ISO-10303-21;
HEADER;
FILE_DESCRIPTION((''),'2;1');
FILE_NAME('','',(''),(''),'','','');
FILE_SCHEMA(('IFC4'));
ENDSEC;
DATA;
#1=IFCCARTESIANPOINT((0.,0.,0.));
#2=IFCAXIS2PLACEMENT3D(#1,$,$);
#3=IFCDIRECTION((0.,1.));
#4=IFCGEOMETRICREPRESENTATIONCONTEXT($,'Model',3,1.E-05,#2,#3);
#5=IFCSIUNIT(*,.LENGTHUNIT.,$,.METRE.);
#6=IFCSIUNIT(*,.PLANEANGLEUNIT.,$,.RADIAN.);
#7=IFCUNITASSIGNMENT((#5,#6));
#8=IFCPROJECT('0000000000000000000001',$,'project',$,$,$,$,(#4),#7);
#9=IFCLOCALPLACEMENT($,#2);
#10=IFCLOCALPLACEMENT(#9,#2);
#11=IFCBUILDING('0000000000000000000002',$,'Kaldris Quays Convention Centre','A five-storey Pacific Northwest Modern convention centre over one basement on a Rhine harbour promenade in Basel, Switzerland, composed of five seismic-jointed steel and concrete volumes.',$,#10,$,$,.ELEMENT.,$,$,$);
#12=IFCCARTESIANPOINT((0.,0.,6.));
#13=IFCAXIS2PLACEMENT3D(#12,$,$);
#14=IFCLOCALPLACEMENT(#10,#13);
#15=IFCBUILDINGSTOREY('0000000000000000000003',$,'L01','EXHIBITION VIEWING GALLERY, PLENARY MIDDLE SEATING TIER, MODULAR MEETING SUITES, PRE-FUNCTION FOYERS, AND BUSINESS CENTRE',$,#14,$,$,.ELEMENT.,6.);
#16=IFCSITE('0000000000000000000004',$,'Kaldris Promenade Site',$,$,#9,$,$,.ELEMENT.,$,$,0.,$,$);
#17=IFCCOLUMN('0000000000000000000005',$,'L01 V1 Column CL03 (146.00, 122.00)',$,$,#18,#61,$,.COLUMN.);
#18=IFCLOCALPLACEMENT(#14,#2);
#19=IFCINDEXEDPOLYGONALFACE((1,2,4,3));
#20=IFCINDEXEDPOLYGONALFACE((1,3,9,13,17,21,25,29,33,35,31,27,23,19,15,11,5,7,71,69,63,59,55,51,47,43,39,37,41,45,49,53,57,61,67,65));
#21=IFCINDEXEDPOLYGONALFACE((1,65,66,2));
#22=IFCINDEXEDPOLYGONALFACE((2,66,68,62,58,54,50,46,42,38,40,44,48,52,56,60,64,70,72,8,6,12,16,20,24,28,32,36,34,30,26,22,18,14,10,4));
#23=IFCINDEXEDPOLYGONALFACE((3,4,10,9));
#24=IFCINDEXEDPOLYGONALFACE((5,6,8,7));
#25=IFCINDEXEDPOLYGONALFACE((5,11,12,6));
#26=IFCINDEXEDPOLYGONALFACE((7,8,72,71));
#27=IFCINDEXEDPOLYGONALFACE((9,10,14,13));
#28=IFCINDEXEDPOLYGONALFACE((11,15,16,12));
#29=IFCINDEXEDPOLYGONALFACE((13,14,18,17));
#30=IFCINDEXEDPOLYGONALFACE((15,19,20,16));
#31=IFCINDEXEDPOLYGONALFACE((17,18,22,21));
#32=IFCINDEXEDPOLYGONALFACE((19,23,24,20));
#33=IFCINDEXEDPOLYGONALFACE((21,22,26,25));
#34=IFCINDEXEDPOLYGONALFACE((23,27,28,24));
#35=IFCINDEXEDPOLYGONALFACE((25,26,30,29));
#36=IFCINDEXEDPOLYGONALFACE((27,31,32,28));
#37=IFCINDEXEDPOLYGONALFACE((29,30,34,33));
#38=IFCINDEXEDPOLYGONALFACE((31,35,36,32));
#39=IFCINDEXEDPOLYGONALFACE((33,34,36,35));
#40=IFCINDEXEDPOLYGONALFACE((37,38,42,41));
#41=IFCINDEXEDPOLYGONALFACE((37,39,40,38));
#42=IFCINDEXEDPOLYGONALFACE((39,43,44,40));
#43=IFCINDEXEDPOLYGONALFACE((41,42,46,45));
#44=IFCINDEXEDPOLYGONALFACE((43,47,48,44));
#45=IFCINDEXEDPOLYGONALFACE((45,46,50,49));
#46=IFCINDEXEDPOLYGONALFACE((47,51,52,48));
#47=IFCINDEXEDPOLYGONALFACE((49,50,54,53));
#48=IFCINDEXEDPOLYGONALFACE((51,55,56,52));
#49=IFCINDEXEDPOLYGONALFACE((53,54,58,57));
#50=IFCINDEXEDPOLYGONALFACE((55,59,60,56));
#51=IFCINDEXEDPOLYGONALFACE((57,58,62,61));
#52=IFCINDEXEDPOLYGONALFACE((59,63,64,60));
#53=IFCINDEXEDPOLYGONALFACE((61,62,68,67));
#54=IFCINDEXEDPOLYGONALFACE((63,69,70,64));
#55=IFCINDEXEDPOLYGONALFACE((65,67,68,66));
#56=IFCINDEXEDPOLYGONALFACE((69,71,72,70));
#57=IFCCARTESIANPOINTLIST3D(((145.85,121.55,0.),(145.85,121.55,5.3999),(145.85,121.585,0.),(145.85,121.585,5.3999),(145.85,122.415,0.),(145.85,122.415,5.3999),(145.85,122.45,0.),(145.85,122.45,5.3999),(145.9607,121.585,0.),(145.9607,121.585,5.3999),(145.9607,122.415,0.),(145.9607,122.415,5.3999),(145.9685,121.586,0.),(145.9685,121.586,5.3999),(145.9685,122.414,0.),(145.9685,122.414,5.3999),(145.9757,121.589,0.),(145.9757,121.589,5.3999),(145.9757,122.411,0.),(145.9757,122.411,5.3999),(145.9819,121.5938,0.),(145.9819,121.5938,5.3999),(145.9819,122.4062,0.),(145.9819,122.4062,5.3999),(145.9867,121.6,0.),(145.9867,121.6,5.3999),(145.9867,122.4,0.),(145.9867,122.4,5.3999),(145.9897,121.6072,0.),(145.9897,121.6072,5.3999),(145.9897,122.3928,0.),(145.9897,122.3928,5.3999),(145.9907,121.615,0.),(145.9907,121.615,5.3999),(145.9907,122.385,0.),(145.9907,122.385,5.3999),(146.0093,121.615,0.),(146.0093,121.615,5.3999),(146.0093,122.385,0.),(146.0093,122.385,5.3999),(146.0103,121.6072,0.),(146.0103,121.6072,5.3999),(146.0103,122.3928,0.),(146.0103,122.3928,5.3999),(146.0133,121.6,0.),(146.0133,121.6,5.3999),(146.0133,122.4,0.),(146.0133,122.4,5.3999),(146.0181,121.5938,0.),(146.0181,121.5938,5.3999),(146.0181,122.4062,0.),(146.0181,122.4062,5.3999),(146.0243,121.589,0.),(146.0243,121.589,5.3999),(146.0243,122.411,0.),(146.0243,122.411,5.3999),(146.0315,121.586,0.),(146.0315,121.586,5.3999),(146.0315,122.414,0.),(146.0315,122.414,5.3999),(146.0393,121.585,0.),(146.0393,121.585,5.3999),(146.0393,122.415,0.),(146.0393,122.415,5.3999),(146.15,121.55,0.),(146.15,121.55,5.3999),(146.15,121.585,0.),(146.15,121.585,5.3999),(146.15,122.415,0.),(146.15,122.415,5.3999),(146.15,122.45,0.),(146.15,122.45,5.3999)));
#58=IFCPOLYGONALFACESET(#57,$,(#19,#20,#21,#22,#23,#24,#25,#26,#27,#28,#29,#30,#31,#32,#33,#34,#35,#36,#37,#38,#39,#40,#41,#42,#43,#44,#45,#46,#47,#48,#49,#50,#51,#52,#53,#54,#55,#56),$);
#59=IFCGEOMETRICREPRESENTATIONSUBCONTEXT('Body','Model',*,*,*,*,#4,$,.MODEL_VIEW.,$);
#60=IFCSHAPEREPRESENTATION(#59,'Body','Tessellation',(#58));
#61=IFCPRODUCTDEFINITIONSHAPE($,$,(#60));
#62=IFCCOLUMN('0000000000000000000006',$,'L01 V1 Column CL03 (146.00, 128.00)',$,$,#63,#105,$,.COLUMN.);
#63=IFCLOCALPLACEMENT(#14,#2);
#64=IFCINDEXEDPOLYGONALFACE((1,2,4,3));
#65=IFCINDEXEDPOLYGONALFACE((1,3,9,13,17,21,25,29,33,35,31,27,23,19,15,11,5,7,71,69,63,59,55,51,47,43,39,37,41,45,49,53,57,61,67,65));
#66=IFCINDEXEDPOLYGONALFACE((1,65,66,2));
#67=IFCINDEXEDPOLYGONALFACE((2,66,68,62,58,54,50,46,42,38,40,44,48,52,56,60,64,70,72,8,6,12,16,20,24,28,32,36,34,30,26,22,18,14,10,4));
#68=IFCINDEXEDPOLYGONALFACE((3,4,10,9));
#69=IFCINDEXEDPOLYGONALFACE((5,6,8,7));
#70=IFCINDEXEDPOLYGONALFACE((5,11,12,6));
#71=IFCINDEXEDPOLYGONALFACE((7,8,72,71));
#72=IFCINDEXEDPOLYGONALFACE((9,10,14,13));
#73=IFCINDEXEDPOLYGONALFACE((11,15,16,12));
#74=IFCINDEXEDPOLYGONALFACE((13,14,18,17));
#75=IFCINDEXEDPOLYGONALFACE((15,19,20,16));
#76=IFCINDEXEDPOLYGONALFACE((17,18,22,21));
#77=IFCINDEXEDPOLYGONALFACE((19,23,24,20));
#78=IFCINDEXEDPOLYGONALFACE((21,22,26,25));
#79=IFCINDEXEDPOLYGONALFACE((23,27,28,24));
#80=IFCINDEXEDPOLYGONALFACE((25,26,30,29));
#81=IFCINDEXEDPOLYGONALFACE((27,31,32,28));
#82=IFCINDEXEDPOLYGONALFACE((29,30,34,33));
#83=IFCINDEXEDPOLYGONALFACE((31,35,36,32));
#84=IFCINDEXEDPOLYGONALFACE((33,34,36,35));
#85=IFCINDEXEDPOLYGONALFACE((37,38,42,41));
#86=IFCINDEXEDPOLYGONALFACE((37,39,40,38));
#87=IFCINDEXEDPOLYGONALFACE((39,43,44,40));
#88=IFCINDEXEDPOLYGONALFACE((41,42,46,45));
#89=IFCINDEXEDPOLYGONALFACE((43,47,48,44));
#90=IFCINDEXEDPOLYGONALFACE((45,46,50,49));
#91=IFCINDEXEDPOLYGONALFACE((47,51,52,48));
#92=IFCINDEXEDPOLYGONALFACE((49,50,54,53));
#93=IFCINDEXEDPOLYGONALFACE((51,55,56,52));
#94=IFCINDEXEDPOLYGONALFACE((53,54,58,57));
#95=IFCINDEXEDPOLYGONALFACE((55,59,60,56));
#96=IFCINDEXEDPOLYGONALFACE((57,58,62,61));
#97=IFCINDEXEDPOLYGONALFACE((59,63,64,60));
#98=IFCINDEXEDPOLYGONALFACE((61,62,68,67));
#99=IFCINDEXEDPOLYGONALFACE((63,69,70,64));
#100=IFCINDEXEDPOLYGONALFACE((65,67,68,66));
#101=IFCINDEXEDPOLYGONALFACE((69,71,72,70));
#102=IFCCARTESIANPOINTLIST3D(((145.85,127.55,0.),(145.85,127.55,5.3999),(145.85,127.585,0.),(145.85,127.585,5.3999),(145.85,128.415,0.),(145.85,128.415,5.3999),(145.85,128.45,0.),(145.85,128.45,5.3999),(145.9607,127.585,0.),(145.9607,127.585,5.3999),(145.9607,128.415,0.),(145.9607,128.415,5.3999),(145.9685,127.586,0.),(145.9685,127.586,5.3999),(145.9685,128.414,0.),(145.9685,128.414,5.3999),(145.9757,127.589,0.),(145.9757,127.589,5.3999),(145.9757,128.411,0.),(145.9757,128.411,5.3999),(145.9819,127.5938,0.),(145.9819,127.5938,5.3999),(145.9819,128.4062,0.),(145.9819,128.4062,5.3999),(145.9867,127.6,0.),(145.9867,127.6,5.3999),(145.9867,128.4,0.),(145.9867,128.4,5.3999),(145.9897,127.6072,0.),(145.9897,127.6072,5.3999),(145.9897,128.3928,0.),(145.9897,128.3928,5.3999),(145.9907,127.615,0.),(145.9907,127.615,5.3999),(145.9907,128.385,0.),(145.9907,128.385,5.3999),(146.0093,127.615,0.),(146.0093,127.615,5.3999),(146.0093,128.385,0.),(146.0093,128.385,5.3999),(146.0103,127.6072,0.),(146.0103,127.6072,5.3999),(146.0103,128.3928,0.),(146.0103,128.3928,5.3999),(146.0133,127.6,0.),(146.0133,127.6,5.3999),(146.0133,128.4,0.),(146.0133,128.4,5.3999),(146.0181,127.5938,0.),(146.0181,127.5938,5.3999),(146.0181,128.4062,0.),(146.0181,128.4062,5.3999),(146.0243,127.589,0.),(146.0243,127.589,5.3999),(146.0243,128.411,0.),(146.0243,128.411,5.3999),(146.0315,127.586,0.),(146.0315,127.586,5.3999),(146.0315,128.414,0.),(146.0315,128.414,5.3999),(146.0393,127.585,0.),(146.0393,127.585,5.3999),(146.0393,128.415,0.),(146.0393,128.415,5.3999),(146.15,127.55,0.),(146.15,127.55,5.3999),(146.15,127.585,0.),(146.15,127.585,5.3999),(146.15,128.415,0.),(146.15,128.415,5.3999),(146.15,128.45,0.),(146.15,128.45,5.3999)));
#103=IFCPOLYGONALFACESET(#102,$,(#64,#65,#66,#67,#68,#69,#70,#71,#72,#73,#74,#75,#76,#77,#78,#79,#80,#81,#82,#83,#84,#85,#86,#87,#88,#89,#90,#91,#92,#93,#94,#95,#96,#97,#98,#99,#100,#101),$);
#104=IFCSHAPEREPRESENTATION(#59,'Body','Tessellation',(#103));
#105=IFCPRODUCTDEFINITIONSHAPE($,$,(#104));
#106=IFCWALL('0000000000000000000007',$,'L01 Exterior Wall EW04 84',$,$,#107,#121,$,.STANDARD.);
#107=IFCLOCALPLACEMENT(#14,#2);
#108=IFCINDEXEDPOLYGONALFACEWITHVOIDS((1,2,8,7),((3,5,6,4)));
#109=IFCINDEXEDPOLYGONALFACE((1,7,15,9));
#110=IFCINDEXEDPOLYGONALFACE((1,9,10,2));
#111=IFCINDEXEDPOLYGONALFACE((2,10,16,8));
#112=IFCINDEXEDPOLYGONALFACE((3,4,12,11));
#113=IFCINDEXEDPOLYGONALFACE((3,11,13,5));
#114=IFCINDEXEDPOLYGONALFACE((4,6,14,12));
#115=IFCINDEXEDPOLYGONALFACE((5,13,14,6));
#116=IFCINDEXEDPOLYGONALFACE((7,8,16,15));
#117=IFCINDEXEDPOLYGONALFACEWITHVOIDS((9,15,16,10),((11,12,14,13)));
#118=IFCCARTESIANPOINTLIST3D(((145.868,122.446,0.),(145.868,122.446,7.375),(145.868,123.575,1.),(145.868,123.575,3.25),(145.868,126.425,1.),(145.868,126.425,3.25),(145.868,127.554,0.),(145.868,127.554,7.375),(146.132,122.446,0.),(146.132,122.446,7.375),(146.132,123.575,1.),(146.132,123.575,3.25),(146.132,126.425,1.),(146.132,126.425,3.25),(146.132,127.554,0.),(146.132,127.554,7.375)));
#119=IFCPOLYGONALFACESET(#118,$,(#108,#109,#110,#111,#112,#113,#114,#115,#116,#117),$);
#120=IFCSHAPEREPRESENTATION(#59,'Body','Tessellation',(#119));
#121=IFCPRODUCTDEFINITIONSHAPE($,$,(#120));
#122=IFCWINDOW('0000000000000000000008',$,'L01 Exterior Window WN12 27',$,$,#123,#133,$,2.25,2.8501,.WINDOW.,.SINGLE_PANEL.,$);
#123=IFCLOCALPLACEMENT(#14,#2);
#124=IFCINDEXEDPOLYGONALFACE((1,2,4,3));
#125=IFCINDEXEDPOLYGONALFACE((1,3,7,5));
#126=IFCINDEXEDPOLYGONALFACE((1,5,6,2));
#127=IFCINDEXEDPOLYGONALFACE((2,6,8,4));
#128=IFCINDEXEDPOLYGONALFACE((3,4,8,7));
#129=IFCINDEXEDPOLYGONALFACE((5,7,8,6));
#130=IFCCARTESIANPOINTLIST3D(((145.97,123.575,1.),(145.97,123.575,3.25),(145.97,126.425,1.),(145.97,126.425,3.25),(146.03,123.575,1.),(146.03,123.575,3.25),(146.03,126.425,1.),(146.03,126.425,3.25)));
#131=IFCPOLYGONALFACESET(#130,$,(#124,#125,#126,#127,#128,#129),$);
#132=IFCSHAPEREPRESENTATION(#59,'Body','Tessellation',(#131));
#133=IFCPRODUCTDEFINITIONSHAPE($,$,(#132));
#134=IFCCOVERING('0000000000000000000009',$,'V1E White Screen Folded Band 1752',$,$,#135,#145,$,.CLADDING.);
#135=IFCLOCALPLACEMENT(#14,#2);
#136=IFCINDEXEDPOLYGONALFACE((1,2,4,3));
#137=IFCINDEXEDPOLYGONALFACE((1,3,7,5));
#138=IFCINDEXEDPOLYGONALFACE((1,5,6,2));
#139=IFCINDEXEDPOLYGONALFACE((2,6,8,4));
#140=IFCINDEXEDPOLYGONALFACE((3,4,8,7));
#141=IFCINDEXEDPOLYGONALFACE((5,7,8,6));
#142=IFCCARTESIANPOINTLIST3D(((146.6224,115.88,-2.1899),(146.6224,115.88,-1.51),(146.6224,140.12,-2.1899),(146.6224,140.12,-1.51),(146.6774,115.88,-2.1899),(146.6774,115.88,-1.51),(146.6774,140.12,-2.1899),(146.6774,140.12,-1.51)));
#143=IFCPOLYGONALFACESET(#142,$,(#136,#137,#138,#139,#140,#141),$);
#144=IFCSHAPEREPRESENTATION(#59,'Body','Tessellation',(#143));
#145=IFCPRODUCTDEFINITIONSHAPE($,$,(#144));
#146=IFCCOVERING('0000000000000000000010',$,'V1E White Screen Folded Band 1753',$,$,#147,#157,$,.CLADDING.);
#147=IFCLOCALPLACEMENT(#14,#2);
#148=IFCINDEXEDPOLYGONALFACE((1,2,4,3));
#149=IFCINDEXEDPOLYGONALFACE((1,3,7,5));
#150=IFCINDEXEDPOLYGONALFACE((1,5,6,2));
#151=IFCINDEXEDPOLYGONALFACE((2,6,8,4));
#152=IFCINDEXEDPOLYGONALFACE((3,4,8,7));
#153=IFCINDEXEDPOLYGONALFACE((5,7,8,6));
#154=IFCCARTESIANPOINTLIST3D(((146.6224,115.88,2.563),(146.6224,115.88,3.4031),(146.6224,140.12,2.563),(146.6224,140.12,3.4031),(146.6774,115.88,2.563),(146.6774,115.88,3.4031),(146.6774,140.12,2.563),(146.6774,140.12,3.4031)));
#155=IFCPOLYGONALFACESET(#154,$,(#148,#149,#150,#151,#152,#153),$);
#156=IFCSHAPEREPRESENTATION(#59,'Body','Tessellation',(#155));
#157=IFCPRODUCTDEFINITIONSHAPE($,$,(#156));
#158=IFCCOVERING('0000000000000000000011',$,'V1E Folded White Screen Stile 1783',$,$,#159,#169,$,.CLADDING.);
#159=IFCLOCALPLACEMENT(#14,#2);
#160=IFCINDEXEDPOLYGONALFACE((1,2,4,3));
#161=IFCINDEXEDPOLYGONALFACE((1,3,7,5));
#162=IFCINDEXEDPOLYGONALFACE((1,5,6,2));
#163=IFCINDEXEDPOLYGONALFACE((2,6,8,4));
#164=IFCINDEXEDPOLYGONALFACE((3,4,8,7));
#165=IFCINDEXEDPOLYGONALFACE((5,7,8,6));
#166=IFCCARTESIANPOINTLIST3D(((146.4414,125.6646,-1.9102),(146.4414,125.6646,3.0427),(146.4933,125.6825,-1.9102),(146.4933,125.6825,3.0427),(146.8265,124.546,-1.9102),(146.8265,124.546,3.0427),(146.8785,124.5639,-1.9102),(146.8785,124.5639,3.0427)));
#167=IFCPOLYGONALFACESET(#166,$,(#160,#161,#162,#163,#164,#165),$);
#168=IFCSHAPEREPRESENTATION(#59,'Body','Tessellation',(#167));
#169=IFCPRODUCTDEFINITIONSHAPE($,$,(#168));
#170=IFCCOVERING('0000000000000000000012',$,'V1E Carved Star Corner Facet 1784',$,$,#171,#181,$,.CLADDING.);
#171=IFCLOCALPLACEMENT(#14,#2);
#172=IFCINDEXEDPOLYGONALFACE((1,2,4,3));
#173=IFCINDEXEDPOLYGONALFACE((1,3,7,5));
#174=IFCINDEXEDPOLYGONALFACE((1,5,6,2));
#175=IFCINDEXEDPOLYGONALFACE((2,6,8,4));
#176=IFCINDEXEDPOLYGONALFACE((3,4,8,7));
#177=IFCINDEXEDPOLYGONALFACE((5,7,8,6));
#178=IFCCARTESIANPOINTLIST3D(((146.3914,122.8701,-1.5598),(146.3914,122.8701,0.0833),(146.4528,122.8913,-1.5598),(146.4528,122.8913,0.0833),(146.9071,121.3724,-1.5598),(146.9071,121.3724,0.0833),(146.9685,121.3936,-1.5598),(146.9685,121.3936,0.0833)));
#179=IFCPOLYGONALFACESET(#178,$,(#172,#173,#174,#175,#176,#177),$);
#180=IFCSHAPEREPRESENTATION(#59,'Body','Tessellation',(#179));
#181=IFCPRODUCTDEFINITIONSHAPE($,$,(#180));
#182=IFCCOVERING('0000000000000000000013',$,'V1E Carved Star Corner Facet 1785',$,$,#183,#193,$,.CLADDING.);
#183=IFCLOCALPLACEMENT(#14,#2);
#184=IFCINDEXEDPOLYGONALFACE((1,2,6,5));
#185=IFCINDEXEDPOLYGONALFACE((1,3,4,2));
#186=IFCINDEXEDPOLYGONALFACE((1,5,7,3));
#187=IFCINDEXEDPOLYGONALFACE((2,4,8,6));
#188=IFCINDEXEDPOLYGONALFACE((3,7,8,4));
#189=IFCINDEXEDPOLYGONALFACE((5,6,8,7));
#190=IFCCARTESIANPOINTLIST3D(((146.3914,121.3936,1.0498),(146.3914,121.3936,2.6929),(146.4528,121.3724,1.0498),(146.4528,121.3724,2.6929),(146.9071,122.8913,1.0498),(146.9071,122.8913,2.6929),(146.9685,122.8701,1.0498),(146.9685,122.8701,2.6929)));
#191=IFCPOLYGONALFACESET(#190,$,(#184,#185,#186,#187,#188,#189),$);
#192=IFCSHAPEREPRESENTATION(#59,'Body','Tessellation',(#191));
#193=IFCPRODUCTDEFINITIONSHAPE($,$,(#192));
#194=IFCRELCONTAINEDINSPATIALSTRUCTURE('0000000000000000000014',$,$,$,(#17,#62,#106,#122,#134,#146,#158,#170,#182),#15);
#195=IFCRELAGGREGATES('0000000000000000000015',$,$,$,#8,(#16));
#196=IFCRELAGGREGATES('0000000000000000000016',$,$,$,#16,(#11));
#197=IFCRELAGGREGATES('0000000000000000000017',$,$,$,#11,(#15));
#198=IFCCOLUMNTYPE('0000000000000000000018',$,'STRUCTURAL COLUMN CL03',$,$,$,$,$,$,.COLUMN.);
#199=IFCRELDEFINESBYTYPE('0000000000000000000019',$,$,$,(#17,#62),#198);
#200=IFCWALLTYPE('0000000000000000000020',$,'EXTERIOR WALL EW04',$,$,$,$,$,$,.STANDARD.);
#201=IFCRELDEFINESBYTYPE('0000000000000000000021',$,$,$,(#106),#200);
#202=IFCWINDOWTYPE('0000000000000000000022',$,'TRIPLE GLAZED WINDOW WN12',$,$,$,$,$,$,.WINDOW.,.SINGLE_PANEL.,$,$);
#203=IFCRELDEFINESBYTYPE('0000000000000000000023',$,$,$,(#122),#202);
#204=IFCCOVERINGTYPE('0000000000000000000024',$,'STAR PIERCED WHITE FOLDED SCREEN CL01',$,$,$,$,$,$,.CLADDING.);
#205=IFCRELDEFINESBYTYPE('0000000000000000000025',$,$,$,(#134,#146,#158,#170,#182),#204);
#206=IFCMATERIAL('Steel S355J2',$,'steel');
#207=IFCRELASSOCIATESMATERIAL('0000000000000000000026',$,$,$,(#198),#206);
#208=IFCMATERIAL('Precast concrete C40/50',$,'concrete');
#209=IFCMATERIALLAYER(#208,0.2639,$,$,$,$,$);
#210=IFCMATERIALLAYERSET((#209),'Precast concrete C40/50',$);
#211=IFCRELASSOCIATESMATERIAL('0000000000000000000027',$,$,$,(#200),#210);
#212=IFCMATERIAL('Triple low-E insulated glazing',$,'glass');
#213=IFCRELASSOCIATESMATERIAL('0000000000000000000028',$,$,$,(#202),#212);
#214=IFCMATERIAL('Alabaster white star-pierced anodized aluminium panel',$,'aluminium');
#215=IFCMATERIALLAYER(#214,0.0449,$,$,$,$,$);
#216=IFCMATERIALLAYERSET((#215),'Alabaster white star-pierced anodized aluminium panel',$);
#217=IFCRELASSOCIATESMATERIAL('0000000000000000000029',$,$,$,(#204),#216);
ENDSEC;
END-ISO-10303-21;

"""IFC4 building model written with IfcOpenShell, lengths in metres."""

from ifc_helpers import new_model, si_unit, direction, frame, frame_2d, origin, origin_2d, place, context, subcontext, project, spatial, rectangle, i_section, extrude, material, layer, layer_set, material_profile, profile_set, type_object, element, fill, save


model = new_model("IFC4")

# Units and contexts
model_context = context("Model", 3, precision=1e-05, world=origin(), true_north=direction((0.0, 1.0)))
body_context = subcontext(model_context, "Body", "Model", "MODEL_VIEW")
ifc_project = project(units=[si_unit("LENGTHUNIT", "METRE"), si_unit("PLANEANGLEUNIT", "RADIAN")], contexts=[model_context])

# Site, building, storey
site_placement = place(None, origin())
site = spatial("IfcSite", under=ifc_project, at=site_placement, Name="Kaldris Promenade Site", CompositionType="ELEMENT", RefElevation=0.0)
building_placement = place(site_placement, origin())
building = spatial("IfcBuilding", under=site, at=building_placement, Name="Kaldris Quays Convention Centre", Description="A five-storey Pacific Northwest Modern convention centre over one basement on a Rhine harbour promenade in Basel, Switzerland, composed of five seismic-jointed steel and concrete volumes.", CompositionType="ELEMENT")
storey_placement = place(building_placement, frame((0.0, 0.0, 6.0)))
storey = spatial("IfcBuildingStorey", under=building, at=storey_placement, Name="L01", Description="EXHIBITION VIEWING GALLERY, PLENARY MIDDLE SEATING TIER, MODULAR MEETING SUITES, PRE-FUNCTION FOYERS, AND BUSINESS CENTRE", CompositionType="ELEMENT", Elevation=6.0)

# Columns
ifc_material_1 = material(Name="Steel S355J2", Category="steel")
ifc_material_profile = material_profile(ifc_material_1, i_section(OverallWidth=0.3, OverallDepth=0.8999, WebThickness=0.0186, FlangeThickness=0.0349, FilletRadius=0.03, at=origin_2d()), Name="HEB 900")
ifc_profile_set = profile_set([ifc_material_profile], Name="Steel S355J2")
column_type = type_object("IfcColumnType", Name="STRUCTURAL COLUMN CL03", PredefinedType="COLUMN", material=ifc_profile_set)
for number, where, z_axis, x_axis, name in (
    (1, (146.0, 122.0, 0.0), (0.0, 0.0, 1.0), (1.0, 0.0, 0.0), "L01 V1 Column CL03 (146.00, 122.00)"),
    (2, (146.0, 128.0, 0.0), (0.0, 0.0, 1.0), (1.0, 0.0, 0.0), "L01 V1 Column CL03 (146.00, 128.00)"),
):
    element("IfcColumn", number, at=place(storey_placement, frame(where, z_axis=z_axis, x_axis=x_axis)), inside=storey, type_object=column_type, Name=name, PredefinedType="COLUMN", context=body_context, shape_type="SweptSolid", body=[
        extrude(i_section(OverallWidth=0.3, OverallDepth=0.8999, WebThickness=0.0186, FlangeThickness=0.0349, FilletRadius=0.03, at=origin_2d()), origin(), (0.0, 0.0, 1.0), 5.3999),
    ])

# Wall, opening, window
ifc_material_2 = material(Name="Precast concrete C40/50", Category="concrete")
ifc_layer_1 = layer(ifc_material_2, 0.2639)
ifc_layer_set_1 = layer_set([ifc_layer_1], Name="Precast concrete C40/50")
wall_type = type_object("IfcWallType", Name="EXTERIOR WALL EW04", PredefinedType="STANDARD", material=ifc_layer_set_1)
wall_placement = place(storey_placement, frame((146.0, 122.446, 0.0), z_axis=(0.0, 0.0, 1.0), x_axis=(0.0, 1.0, 0.0)))
wall = element("IfcWall", 3, at=wall_placement, inside=storey, type_object=wall_type, Name="L01 Exterior Wall EW04 84", PredefinedType="STANDARD", context=body_context, shape_type="SweptSolid", body=[
    extrude(rectangle(XDim=5.1079, YDim=0.2639, at=frame_2d((2.554, 0.0))), origin(), (0.0, 0.0, 1.0), 7.375),
])
opening_placement = place(wall_placement, frame((1.1289, 0.0, 1.0)))
opening = element("IfcOpeningElement", 4, at=opening_placement, cuts=wall, PredefinedType="OPENING", context=body_context, shape_type="SweptSolid", body=[
    extrude(rectangle(XDim=2.8501, YDim=2.25, at=frame_2d((1.425, 1.125))), frame((0.0, 0.1421, 0.0), z_axis=(0.0, -1.0, 0.0), x_axis=(1.0, 0.0, 0.0)), (0.0, 0.0, 1.0), 0.2839),
])
ifc_material_3 = material(Name="Triple low-E insulated glazing", Category="glass")
window_type = type_object("IfcWindowType", Name="TRIPLE GLAZED WINDOW WN12", PartitioningType="SINGLE_PANEL", PredefinedType="WINDOW", material=ifc_material_3)
window_placement = place(opening_placement, origin())
window = element("IfcWindow", 5, at=window_placement, inside=storey, type_object=window_type, Name="L01 Exterior Window WN12 27", OverallHeight=2.25, OverallWidth=2.8501, PartitioningType="SINGLE_PANEL", PredefinedType="WINDOW", context=body_context, shape_type="SweptSolid", body=[
    extrude(rectangle(XDim=2.8501, YDim=2.25, at=frame_2d((1.425, 1.125))), frame((0.0, 0.03, 0.0), z_axis=(0.0, -1.0, 0.0), x_axis=(1.0, 0.0, 0.0)), (0.0, 0.0, 1.0), 0.0601),
])
fill(opening, window)

# Coverings
ifc_material_4 = material(Name="Alabaster white star-pierced anodized aluminium panel", Category="aluminium")
ifc_layer_2 = layer(ifc_material_4, 0.0449)
ifc_layer_set_2 = layer_set([ifc_layer_2], Name="Alabaster white star-pierced anodized aluminium panel")
covering_type = type_object("IfcCoveringType", Name="STAR PIERCED WHITE FOLDED SCREEN CL01", PredefinedType="CLADDING", material=ifc_layer_set_2)
covering_1_placement = place(storey_placement, frame((146.6499, 128.0, -2.1899), z_axis=(0.0, 0.0, 1.0), x_axis=(0.0, 1.0, 0.0)))
element("IfcCovering", 6, at=covering_1_placement, inside=storey, type_object=covering_type, Name="V1E White Screen Folded Band 1752", PredefinedType="CLADDING", context=body_context, shape_type="SweptSolid", body=[
    extrude(rectangle(XDim=24.24, YDim=0.0549, at=origin_2d()), origin(), (0.0, 0.0, 1.0), 0.6799),
])
covering_2_placement = place(storey_placement, frame((146.6499, 128.0, 2.563), z_axis=(0.0, 0.0, 1.0), x_axis=(0.0, 1.0, 0.0)))
element("IfcCovering", 7, at=covering_2_placement, inside=storey, type_object=covering_type, Name="V1E White Screen Folded Band 1753", PredefinedType="CLADDING", context=body_context, shape_type="SweptSolid", body=[
    extrude(rectangle(XDim=24.24, YDim=0.0549, at=origin_2d()), origin(), (0.0, 0.0, 1.0), 0.8401),
])
covering_3_placement = place(storey_placement, frame((146.6599, 125.1143, -1.9102), z_axis=(0.0, 0.0, 1.0), x_axis=(-0.325568, 0.945519, 0.0)))
element("IfcCovering", 8, at=covering_3_placement, inside=storey, type_object=covering_type, Name="V1E Folded White Screen Stile 1783", PredefinedType="CLADDING", context=body_context, shape_type="SweptSolid", body=[
    extrude(rectangle(XDim=1.1831, YDim=0.0549, at=origin_2d()), origin(), (0.0, 0.0, 1.0), 4.9529),
])
for number, where, z_axis, x_axis, name in (
    (9, (146.6799, 122.1318, -1.5598), (0.0, 0.0, 1.0), (-0.325568, 0.945519, 0.0), "V1E Carved Star Corner Facet 1784"),
    (10, (146.6799, 122.1318, 1.0498), (0.0, 0.0, 1.0), (0.325568, 0.945519, 0.0), "V1E Carved Star Corner Facet 1785"),
):
    element("IfcCovering", number, at=place(storey_placement, frame(where, z_axis=z_axis, x_axis=x_axis)), inside=storey, type_object=covering_type, Name=name, PredefinedType="CLADDING", context=body_context, shape_type="SweptSolid", body=[
        extrude(rectangle(XDim=1.584, YDim=0.0649, at=origin_2d()), origin(), (0.0, 0.0, 1.0), 1.6431),
    ])

save(model, "model.ifc")
